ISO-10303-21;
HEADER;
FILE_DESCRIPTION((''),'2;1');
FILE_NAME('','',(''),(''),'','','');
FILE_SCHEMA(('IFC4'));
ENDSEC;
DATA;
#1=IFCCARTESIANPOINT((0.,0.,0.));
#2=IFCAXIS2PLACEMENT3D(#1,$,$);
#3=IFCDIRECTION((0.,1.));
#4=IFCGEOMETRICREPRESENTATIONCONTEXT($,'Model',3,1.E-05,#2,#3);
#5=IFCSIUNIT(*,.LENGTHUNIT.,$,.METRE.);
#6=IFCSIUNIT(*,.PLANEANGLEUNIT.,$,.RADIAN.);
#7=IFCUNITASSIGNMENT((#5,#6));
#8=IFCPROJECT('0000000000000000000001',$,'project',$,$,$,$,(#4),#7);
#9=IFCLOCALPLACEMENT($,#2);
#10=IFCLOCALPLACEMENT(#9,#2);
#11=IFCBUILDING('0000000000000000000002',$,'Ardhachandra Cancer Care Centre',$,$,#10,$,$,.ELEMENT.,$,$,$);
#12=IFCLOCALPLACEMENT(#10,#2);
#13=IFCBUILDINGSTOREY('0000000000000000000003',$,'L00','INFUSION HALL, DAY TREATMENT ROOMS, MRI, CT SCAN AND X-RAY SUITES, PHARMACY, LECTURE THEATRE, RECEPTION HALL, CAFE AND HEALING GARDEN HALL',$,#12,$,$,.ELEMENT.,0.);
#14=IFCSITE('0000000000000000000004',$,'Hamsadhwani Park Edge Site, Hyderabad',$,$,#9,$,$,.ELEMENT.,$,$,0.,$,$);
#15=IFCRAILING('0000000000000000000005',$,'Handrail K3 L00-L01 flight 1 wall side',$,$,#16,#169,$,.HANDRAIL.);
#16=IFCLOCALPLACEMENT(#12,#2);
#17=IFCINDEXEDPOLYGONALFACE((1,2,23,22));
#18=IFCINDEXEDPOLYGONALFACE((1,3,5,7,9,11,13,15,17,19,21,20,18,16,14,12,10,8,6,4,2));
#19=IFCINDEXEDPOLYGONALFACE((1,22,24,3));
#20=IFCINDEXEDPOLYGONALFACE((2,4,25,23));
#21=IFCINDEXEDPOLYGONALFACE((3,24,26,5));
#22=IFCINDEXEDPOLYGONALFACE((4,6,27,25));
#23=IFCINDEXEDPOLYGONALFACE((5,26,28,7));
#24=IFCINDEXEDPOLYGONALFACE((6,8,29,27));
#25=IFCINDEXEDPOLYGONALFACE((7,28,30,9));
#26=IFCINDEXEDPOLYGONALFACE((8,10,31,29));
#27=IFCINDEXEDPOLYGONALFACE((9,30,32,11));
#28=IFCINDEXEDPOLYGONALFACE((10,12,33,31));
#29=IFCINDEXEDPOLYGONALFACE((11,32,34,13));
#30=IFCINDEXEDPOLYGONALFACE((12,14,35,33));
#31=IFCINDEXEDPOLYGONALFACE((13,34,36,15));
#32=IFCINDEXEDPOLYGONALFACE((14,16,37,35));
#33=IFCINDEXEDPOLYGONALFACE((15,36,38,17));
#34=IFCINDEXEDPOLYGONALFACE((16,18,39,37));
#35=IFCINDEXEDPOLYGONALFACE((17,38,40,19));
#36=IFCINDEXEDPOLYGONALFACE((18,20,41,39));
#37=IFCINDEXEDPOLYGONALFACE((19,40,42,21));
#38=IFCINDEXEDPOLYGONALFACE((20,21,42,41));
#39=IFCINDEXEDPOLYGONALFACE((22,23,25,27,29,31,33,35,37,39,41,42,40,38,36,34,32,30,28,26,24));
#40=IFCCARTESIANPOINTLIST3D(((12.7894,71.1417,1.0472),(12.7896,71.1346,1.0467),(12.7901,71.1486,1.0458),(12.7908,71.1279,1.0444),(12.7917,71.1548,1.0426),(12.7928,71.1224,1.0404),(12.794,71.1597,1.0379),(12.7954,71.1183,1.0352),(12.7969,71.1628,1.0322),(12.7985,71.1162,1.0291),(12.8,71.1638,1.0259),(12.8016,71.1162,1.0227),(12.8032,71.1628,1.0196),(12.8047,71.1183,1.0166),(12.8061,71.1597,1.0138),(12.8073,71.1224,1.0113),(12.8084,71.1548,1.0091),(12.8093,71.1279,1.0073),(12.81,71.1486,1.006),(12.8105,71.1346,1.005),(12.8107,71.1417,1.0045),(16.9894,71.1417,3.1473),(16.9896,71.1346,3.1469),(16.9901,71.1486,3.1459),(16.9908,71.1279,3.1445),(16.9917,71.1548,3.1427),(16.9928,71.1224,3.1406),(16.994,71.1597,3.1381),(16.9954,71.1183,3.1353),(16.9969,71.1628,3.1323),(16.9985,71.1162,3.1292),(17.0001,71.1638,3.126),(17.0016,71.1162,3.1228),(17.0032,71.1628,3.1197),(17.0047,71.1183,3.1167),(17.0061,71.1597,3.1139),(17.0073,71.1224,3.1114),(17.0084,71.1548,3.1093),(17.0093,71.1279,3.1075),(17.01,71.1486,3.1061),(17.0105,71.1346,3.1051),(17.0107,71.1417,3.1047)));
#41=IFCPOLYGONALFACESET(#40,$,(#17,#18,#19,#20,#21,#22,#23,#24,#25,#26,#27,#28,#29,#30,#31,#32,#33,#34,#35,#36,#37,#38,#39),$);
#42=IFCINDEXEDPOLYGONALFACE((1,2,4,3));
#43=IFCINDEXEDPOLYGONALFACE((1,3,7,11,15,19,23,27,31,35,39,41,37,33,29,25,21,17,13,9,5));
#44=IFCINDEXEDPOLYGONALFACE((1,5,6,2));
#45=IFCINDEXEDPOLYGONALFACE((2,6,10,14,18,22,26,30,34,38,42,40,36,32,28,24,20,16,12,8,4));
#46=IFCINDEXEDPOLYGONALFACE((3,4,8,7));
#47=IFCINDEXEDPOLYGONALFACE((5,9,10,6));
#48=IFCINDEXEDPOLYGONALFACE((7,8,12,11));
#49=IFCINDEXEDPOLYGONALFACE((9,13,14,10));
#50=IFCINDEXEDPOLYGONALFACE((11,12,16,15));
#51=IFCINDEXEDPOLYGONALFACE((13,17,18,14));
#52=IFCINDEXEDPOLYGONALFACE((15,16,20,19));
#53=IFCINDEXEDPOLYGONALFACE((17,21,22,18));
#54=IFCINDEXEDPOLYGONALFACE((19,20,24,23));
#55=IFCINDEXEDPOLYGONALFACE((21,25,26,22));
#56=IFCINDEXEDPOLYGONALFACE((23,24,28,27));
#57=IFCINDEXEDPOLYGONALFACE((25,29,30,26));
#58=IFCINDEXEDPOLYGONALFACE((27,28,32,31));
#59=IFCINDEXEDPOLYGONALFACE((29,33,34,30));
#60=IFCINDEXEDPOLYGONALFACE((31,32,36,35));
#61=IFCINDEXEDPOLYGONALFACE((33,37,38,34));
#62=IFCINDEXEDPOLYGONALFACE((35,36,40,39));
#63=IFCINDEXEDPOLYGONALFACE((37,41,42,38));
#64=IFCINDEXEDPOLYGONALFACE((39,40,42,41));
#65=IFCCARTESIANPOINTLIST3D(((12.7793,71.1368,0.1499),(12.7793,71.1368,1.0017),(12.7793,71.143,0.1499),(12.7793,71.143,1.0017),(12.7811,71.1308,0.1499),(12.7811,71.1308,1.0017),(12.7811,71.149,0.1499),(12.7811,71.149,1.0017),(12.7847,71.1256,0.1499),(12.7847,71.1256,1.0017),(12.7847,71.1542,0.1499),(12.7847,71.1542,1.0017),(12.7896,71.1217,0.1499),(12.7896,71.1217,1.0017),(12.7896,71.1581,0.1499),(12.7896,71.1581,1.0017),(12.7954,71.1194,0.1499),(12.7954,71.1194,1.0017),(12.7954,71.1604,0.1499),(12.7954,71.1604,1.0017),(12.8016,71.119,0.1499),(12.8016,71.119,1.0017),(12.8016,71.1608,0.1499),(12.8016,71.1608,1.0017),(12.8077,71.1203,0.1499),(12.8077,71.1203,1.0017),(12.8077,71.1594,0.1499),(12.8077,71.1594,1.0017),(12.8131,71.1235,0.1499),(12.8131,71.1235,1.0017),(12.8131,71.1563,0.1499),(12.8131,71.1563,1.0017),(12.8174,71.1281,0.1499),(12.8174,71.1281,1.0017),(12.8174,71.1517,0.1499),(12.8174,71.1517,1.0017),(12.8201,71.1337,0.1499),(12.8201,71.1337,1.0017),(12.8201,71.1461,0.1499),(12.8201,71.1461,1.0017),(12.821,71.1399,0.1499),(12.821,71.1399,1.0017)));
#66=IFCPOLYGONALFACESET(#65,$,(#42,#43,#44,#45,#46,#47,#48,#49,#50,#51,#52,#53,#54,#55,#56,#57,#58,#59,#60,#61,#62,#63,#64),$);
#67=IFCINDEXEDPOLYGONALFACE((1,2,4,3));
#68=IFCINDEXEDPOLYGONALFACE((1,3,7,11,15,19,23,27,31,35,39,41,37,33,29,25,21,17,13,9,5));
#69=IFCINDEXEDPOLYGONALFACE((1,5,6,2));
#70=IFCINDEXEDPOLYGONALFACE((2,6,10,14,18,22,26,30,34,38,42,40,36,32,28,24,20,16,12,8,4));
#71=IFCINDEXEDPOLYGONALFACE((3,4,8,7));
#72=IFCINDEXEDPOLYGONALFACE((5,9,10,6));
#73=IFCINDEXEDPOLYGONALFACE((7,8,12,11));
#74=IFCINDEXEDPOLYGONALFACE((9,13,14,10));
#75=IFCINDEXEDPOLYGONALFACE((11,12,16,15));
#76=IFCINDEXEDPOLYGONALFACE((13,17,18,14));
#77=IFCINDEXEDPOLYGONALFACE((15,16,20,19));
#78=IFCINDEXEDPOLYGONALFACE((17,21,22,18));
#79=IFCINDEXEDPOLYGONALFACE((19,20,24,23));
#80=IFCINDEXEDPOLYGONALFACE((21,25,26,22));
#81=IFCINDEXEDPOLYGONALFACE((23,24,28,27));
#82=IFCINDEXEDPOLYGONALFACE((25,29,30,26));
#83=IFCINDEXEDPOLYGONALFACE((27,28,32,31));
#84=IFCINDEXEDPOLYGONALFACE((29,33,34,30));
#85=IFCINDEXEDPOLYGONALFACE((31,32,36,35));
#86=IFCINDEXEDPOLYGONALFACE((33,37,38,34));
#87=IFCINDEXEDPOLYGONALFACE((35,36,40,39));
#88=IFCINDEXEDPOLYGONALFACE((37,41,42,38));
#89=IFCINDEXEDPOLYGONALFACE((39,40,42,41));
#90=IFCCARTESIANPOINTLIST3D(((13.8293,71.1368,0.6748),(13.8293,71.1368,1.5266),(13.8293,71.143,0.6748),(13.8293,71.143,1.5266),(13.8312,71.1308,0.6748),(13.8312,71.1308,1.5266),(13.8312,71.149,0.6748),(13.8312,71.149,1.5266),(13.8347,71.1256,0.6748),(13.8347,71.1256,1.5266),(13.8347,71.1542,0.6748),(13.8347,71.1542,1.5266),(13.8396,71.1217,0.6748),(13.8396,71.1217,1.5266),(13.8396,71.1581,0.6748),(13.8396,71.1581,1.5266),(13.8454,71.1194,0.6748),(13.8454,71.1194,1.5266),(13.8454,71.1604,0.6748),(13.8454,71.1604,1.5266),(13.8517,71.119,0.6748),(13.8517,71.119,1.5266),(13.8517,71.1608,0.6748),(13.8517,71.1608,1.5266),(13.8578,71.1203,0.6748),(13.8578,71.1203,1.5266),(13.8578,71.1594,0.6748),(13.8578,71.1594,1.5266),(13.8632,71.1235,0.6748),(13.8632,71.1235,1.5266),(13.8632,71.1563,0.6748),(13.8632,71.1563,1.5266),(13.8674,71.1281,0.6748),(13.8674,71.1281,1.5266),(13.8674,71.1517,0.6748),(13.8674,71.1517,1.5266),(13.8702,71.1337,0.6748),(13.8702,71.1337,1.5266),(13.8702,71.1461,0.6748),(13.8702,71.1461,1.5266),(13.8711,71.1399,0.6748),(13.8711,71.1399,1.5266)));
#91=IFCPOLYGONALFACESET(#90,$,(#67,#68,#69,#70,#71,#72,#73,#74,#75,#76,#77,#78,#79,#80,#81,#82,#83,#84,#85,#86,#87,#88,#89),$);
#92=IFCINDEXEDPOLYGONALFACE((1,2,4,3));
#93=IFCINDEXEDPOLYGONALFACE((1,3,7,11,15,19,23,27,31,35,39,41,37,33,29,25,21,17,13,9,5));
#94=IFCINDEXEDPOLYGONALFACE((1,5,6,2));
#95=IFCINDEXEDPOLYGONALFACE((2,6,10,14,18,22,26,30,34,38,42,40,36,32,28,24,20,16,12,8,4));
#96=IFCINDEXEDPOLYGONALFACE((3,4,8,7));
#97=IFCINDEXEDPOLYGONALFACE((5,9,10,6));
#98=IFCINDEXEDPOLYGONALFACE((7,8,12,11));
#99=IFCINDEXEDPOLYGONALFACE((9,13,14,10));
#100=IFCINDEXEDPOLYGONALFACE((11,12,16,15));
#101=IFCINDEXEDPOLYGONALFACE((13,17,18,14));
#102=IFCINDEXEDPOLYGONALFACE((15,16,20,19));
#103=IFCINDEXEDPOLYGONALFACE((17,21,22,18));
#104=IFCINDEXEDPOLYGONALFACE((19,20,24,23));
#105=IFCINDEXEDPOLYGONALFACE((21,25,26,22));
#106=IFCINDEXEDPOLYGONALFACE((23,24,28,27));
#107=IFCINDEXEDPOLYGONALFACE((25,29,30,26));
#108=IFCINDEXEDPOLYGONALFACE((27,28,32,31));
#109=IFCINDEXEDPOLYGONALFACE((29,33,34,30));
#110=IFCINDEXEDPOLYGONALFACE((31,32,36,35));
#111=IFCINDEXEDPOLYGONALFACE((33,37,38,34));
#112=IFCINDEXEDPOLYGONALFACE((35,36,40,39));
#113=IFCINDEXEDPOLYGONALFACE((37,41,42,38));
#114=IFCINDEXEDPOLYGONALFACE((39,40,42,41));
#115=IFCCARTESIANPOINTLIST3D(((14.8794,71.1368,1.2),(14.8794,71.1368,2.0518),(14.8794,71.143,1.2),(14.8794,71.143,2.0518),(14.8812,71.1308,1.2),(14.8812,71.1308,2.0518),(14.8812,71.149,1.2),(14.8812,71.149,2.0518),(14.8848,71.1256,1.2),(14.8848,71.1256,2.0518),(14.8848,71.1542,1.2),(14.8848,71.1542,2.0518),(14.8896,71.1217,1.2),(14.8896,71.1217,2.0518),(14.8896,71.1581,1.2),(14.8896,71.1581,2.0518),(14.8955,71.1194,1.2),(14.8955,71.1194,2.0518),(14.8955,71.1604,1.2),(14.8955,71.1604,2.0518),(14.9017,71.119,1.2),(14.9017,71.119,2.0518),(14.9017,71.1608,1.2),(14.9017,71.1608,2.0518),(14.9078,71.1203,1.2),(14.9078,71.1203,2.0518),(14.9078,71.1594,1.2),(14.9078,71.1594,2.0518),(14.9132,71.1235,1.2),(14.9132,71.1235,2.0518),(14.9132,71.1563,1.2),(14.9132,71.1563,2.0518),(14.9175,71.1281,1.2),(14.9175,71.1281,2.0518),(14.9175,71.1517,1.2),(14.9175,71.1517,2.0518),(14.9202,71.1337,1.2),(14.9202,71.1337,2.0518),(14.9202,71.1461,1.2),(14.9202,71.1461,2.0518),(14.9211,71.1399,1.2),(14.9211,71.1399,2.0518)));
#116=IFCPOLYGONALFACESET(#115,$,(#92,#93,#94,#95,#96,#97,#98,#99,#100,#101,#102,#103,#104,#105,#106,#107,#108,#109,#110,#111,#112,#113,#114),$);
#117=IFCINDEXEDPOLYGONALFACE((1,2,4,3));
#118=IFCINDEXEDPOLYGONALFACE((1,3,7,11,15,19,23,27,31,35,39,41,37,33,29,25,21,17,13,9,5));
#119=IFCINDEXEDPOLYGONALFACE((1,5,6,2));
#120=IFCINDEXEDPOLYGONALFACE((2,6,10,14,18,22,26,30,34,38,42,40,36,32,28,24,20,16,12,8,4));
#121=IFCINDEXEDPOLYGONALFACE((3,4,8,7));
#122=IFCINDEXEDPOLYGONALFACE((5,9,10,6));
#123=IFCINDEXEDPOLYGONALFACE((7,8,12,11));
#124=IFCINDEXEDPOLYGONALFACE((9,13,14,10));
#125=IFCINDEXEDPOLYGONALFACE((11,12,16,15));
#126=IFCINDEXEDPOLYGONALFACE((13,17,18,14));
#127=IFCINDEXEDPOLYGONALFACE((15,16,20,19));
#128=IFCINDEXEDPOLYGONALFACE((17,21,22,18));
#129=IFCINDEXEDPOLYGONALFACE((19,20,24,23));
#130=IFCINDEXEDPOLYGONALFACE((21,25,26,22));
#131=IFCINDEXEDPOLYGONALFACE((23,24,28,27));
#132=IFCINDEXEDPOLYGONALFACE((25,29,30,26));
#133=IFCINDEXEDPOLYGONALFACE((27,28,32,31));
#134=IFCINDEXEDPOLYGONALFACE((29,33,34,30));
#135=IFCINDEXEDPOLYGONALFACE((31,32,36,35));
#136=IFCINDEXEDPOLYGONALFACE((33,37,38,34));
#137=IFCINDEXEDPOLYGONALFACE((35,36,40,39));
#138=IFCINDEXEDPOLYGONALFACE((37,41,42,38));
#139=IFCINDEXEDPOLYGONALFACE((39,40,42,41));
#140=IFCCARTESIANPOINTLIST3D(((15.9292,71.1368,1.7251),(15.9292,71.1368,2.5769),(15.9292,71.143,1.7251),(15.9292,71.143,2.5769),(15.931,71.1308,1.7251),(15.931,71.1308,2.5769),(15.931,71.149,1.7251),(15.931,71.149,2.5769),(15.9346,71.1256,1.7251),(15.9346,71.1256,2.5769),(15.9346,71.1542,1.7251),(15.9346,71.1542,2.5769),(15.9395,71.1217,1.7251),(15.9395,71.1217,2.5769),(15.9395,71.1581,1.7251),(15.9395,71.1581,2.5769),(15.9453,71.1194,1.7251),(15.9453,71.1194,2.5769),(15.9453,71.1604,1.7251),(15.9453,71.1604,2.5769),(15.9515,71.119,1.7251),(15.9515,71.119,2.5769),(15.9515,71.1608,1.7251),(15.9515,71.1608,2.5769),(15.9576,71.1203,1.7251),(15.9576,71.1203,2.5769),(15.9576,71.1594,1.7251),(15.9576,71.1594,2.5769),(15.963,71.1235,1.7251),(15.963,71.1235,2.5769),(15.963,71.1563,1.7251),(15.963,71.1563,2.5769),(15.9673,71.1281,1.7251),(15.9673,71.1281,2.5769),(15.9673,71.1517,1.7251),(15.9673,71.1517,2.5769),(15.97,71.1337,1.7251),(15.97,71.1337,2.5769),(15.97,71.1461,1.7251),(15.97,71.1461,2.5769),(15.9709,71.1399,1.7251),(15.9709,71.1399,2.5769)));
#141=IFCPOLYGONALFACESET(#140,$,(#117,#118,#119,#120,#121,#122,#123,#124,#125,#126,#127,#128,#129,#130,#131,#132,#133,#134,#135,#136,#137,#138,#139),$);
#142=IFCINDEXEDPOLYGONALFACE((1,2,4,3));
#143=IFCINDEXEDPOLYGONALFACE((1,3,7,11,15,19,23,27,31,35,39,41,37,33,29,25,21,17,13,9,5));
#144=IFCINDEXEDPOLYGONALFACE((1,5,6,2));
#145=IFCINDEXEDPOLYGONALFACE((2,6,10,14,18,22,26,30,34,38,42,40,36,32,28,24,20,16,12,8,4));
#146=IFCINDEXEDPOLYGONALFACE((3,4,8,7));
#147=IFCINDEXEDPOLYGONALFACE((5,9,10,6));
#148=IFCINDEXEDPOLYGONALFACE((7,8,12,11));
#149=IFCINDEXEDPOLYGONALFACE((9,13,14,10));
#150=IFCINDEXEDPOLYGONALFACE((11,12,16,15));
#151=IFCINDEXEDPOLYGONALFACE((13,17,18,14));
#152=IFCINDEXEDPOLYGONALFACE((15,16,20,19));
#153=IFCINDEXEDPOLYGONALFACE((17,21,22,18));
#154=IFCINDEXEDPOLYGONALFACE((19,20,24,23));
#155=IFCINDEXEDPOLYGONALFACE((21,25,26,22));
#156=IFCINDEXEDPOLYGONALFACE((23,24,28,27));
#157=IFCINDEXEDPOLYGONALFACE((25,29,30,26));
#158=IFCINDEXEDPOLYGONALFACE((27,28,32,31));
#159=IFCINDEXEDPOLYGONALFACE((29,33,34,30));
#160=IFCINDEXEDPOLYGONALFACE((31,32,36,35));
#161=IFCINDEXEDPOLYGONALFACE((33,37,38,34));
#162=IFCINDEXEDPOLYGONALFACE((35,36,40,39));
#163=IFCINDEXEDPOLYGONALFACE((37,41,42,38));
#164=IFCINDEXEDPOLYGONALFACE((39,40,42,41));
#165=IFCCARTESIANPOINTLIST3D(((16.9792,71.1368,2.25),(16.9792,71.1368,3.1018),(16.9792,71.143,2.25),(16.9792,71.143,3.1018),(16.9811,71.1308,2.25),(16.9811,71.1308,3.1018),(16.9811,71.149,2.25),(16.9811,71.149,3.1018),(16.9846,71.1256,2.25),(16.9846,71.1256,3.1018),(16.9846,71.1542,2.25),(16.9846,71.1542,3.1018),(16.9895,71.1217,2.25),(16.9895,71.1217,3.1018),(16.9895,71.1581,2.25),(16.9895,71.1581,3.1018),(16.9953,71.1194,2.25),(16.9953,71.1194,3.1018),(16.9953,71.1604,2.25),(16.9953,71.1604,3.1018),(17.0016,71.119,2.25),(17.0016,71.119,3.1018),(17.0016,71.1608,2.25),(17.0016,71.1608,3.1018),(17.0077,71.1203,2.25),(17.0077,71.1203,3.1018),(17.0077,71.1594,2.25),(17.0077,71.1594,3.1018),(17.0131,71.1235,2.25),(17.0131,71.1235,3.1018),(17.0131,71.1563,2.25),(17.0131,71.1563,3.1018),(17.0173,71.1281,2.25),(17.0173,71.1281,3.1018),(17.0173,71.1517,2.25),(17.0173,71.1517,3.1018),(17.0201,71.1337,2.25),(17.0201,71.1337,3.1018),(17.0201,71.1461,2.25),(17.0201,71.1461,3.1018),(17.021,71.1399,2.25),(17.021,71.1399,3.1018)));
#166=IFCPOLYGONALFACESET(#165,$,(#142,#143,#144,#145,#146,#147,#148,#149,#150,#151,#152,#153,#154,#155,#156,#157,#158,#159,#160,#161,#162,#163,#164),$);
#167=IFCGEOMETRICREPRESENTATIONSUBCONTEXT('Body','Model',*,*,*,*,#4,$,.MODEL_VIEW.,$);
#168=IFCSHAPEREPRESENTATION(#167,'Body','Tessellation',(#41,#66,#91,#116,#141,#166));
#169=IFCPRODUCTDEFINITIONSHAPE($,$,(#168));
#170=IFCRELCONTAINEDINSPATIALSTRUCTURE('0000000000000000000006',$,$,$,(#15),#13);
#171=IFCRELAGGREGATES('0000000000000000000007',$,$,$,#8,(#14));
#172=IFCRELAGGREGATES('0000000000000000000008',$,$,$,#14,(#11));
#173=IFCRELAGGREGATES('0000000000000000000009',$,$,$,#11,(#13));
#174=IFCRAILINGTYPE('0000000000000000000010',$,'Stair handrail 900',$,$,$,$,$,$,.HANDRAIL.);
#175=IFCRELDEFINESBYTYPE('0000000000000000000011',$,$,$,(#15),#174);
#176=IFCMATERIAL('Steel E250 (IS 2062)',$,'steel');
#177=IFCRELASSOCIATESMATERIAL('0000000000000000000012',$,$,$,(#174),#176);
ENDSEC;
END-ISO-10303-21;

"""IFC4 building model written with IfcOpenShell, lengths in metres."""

from ifc_helpers import new_model, si_unit, direction, frame, origin, origin_2d, place, context, subcontext, project, spatial, circle, extrude, material, type_object, element, save


model = new_model("IFC4")

# Units and contexts
model_context = context("Model", 3, precision=1e-05, world=origin(), true_north=direction((0.0, 1.0)))
body_context = subcontext(model_context, "Body", "Model", "MODEL_VIEW")
ifc_project = project(units=[si_unit("LENGTHUNIT", "METRE"), si_unit("PLANEANGLEUNIT", "RADIAN")], contexts=[model_context])

# Site, building, storey
site_placement = place(None, origin())
site = spatial("IfcSite", under=ifc_project, at=site_placement, Name="Hamsadhwani Park Edge Site, Hyderabad", CompositionType="ELEMENT", RefElevation=0.0)
building_placement = place(site_placement, origin())
building = spatial("IfcBuilding", under=site, at=building_placement, Name="Ardhachandra Cancer Care Centre", CompositionType="ELEMENT")
storey_placement = place(building_placement, origin())
storey = spatial("IfcBuildingStorey", under=building, at=storey_placement, Name="L00", Description="INFUSION HALL, DAY TREATMENT ROOMS, MRI, CT SCAN AND X-RAY SUITES, PHARMACY, LECTURE THEATRE, RECEPTION HALL, CAFE AND HEALING GARDEN HALL", CompositionType="ELEMENT", Elevation=0.0)

# Railing
ifc_material_1 = material(Name="Steel E250 (IS 2062)", Category="steel")
railing_type_1 = type_object("IfcRailingType", Name="Stair handrail 900", PredefinedType="HANDRAIL", material=ifc_material_1)
for number, where, name in (
    (1, (12.8, 71.1399, 0.1499), "Handrail K3 L00-L01 flight 1 wall side"),
):
    element("IfcRailing", number, at=place(storey_placement, frame(where)), inside=storey, type_object=railing_type_1, Name=name, PredefinedType="HANDRAIL", context=body_context, shape_type="SweptSolid", body=[
        extrude(circle(Radius=0.0239, at=origin_2d()), frame((0.0, 0.0, 0.876), z_axis=(0.894417, 0.0, 0.447234), x_axis=(0.0, 1.0, 0.0)), (0.0, 0.0, 1.0), 4.6958),
        extrude(circle(Radius=0.021, at=origin_2d()), origin(), (0.0, 0.0, 1.0), 0.8518),
        extrude(circle(Radius=0.021, at=origin_2d()), frame((1.05, 0.0, 0.5249)), (0.0, 0.0, 1.0), 0.8518),
        extrude(circle(Radius=0.021, at=origin_2d()), frame((2.1001, 0.0, 1.05)), (0.0, 0.0, 1.0), 0.8518),
        extrude(circle(Radius=0.021, at=origin_2d()), frame((3.1499, 0.0, 1.5752)), (0.0, 0.0, 1.0), 0.8518),
        extrude(circle(Radius=0.021, at=origin_2d()), frame((4.2, 0.0, 2.1001)), (0.0, 0.0, 1.0), 0.8518),
    ])

save(model, "model.ifc")
